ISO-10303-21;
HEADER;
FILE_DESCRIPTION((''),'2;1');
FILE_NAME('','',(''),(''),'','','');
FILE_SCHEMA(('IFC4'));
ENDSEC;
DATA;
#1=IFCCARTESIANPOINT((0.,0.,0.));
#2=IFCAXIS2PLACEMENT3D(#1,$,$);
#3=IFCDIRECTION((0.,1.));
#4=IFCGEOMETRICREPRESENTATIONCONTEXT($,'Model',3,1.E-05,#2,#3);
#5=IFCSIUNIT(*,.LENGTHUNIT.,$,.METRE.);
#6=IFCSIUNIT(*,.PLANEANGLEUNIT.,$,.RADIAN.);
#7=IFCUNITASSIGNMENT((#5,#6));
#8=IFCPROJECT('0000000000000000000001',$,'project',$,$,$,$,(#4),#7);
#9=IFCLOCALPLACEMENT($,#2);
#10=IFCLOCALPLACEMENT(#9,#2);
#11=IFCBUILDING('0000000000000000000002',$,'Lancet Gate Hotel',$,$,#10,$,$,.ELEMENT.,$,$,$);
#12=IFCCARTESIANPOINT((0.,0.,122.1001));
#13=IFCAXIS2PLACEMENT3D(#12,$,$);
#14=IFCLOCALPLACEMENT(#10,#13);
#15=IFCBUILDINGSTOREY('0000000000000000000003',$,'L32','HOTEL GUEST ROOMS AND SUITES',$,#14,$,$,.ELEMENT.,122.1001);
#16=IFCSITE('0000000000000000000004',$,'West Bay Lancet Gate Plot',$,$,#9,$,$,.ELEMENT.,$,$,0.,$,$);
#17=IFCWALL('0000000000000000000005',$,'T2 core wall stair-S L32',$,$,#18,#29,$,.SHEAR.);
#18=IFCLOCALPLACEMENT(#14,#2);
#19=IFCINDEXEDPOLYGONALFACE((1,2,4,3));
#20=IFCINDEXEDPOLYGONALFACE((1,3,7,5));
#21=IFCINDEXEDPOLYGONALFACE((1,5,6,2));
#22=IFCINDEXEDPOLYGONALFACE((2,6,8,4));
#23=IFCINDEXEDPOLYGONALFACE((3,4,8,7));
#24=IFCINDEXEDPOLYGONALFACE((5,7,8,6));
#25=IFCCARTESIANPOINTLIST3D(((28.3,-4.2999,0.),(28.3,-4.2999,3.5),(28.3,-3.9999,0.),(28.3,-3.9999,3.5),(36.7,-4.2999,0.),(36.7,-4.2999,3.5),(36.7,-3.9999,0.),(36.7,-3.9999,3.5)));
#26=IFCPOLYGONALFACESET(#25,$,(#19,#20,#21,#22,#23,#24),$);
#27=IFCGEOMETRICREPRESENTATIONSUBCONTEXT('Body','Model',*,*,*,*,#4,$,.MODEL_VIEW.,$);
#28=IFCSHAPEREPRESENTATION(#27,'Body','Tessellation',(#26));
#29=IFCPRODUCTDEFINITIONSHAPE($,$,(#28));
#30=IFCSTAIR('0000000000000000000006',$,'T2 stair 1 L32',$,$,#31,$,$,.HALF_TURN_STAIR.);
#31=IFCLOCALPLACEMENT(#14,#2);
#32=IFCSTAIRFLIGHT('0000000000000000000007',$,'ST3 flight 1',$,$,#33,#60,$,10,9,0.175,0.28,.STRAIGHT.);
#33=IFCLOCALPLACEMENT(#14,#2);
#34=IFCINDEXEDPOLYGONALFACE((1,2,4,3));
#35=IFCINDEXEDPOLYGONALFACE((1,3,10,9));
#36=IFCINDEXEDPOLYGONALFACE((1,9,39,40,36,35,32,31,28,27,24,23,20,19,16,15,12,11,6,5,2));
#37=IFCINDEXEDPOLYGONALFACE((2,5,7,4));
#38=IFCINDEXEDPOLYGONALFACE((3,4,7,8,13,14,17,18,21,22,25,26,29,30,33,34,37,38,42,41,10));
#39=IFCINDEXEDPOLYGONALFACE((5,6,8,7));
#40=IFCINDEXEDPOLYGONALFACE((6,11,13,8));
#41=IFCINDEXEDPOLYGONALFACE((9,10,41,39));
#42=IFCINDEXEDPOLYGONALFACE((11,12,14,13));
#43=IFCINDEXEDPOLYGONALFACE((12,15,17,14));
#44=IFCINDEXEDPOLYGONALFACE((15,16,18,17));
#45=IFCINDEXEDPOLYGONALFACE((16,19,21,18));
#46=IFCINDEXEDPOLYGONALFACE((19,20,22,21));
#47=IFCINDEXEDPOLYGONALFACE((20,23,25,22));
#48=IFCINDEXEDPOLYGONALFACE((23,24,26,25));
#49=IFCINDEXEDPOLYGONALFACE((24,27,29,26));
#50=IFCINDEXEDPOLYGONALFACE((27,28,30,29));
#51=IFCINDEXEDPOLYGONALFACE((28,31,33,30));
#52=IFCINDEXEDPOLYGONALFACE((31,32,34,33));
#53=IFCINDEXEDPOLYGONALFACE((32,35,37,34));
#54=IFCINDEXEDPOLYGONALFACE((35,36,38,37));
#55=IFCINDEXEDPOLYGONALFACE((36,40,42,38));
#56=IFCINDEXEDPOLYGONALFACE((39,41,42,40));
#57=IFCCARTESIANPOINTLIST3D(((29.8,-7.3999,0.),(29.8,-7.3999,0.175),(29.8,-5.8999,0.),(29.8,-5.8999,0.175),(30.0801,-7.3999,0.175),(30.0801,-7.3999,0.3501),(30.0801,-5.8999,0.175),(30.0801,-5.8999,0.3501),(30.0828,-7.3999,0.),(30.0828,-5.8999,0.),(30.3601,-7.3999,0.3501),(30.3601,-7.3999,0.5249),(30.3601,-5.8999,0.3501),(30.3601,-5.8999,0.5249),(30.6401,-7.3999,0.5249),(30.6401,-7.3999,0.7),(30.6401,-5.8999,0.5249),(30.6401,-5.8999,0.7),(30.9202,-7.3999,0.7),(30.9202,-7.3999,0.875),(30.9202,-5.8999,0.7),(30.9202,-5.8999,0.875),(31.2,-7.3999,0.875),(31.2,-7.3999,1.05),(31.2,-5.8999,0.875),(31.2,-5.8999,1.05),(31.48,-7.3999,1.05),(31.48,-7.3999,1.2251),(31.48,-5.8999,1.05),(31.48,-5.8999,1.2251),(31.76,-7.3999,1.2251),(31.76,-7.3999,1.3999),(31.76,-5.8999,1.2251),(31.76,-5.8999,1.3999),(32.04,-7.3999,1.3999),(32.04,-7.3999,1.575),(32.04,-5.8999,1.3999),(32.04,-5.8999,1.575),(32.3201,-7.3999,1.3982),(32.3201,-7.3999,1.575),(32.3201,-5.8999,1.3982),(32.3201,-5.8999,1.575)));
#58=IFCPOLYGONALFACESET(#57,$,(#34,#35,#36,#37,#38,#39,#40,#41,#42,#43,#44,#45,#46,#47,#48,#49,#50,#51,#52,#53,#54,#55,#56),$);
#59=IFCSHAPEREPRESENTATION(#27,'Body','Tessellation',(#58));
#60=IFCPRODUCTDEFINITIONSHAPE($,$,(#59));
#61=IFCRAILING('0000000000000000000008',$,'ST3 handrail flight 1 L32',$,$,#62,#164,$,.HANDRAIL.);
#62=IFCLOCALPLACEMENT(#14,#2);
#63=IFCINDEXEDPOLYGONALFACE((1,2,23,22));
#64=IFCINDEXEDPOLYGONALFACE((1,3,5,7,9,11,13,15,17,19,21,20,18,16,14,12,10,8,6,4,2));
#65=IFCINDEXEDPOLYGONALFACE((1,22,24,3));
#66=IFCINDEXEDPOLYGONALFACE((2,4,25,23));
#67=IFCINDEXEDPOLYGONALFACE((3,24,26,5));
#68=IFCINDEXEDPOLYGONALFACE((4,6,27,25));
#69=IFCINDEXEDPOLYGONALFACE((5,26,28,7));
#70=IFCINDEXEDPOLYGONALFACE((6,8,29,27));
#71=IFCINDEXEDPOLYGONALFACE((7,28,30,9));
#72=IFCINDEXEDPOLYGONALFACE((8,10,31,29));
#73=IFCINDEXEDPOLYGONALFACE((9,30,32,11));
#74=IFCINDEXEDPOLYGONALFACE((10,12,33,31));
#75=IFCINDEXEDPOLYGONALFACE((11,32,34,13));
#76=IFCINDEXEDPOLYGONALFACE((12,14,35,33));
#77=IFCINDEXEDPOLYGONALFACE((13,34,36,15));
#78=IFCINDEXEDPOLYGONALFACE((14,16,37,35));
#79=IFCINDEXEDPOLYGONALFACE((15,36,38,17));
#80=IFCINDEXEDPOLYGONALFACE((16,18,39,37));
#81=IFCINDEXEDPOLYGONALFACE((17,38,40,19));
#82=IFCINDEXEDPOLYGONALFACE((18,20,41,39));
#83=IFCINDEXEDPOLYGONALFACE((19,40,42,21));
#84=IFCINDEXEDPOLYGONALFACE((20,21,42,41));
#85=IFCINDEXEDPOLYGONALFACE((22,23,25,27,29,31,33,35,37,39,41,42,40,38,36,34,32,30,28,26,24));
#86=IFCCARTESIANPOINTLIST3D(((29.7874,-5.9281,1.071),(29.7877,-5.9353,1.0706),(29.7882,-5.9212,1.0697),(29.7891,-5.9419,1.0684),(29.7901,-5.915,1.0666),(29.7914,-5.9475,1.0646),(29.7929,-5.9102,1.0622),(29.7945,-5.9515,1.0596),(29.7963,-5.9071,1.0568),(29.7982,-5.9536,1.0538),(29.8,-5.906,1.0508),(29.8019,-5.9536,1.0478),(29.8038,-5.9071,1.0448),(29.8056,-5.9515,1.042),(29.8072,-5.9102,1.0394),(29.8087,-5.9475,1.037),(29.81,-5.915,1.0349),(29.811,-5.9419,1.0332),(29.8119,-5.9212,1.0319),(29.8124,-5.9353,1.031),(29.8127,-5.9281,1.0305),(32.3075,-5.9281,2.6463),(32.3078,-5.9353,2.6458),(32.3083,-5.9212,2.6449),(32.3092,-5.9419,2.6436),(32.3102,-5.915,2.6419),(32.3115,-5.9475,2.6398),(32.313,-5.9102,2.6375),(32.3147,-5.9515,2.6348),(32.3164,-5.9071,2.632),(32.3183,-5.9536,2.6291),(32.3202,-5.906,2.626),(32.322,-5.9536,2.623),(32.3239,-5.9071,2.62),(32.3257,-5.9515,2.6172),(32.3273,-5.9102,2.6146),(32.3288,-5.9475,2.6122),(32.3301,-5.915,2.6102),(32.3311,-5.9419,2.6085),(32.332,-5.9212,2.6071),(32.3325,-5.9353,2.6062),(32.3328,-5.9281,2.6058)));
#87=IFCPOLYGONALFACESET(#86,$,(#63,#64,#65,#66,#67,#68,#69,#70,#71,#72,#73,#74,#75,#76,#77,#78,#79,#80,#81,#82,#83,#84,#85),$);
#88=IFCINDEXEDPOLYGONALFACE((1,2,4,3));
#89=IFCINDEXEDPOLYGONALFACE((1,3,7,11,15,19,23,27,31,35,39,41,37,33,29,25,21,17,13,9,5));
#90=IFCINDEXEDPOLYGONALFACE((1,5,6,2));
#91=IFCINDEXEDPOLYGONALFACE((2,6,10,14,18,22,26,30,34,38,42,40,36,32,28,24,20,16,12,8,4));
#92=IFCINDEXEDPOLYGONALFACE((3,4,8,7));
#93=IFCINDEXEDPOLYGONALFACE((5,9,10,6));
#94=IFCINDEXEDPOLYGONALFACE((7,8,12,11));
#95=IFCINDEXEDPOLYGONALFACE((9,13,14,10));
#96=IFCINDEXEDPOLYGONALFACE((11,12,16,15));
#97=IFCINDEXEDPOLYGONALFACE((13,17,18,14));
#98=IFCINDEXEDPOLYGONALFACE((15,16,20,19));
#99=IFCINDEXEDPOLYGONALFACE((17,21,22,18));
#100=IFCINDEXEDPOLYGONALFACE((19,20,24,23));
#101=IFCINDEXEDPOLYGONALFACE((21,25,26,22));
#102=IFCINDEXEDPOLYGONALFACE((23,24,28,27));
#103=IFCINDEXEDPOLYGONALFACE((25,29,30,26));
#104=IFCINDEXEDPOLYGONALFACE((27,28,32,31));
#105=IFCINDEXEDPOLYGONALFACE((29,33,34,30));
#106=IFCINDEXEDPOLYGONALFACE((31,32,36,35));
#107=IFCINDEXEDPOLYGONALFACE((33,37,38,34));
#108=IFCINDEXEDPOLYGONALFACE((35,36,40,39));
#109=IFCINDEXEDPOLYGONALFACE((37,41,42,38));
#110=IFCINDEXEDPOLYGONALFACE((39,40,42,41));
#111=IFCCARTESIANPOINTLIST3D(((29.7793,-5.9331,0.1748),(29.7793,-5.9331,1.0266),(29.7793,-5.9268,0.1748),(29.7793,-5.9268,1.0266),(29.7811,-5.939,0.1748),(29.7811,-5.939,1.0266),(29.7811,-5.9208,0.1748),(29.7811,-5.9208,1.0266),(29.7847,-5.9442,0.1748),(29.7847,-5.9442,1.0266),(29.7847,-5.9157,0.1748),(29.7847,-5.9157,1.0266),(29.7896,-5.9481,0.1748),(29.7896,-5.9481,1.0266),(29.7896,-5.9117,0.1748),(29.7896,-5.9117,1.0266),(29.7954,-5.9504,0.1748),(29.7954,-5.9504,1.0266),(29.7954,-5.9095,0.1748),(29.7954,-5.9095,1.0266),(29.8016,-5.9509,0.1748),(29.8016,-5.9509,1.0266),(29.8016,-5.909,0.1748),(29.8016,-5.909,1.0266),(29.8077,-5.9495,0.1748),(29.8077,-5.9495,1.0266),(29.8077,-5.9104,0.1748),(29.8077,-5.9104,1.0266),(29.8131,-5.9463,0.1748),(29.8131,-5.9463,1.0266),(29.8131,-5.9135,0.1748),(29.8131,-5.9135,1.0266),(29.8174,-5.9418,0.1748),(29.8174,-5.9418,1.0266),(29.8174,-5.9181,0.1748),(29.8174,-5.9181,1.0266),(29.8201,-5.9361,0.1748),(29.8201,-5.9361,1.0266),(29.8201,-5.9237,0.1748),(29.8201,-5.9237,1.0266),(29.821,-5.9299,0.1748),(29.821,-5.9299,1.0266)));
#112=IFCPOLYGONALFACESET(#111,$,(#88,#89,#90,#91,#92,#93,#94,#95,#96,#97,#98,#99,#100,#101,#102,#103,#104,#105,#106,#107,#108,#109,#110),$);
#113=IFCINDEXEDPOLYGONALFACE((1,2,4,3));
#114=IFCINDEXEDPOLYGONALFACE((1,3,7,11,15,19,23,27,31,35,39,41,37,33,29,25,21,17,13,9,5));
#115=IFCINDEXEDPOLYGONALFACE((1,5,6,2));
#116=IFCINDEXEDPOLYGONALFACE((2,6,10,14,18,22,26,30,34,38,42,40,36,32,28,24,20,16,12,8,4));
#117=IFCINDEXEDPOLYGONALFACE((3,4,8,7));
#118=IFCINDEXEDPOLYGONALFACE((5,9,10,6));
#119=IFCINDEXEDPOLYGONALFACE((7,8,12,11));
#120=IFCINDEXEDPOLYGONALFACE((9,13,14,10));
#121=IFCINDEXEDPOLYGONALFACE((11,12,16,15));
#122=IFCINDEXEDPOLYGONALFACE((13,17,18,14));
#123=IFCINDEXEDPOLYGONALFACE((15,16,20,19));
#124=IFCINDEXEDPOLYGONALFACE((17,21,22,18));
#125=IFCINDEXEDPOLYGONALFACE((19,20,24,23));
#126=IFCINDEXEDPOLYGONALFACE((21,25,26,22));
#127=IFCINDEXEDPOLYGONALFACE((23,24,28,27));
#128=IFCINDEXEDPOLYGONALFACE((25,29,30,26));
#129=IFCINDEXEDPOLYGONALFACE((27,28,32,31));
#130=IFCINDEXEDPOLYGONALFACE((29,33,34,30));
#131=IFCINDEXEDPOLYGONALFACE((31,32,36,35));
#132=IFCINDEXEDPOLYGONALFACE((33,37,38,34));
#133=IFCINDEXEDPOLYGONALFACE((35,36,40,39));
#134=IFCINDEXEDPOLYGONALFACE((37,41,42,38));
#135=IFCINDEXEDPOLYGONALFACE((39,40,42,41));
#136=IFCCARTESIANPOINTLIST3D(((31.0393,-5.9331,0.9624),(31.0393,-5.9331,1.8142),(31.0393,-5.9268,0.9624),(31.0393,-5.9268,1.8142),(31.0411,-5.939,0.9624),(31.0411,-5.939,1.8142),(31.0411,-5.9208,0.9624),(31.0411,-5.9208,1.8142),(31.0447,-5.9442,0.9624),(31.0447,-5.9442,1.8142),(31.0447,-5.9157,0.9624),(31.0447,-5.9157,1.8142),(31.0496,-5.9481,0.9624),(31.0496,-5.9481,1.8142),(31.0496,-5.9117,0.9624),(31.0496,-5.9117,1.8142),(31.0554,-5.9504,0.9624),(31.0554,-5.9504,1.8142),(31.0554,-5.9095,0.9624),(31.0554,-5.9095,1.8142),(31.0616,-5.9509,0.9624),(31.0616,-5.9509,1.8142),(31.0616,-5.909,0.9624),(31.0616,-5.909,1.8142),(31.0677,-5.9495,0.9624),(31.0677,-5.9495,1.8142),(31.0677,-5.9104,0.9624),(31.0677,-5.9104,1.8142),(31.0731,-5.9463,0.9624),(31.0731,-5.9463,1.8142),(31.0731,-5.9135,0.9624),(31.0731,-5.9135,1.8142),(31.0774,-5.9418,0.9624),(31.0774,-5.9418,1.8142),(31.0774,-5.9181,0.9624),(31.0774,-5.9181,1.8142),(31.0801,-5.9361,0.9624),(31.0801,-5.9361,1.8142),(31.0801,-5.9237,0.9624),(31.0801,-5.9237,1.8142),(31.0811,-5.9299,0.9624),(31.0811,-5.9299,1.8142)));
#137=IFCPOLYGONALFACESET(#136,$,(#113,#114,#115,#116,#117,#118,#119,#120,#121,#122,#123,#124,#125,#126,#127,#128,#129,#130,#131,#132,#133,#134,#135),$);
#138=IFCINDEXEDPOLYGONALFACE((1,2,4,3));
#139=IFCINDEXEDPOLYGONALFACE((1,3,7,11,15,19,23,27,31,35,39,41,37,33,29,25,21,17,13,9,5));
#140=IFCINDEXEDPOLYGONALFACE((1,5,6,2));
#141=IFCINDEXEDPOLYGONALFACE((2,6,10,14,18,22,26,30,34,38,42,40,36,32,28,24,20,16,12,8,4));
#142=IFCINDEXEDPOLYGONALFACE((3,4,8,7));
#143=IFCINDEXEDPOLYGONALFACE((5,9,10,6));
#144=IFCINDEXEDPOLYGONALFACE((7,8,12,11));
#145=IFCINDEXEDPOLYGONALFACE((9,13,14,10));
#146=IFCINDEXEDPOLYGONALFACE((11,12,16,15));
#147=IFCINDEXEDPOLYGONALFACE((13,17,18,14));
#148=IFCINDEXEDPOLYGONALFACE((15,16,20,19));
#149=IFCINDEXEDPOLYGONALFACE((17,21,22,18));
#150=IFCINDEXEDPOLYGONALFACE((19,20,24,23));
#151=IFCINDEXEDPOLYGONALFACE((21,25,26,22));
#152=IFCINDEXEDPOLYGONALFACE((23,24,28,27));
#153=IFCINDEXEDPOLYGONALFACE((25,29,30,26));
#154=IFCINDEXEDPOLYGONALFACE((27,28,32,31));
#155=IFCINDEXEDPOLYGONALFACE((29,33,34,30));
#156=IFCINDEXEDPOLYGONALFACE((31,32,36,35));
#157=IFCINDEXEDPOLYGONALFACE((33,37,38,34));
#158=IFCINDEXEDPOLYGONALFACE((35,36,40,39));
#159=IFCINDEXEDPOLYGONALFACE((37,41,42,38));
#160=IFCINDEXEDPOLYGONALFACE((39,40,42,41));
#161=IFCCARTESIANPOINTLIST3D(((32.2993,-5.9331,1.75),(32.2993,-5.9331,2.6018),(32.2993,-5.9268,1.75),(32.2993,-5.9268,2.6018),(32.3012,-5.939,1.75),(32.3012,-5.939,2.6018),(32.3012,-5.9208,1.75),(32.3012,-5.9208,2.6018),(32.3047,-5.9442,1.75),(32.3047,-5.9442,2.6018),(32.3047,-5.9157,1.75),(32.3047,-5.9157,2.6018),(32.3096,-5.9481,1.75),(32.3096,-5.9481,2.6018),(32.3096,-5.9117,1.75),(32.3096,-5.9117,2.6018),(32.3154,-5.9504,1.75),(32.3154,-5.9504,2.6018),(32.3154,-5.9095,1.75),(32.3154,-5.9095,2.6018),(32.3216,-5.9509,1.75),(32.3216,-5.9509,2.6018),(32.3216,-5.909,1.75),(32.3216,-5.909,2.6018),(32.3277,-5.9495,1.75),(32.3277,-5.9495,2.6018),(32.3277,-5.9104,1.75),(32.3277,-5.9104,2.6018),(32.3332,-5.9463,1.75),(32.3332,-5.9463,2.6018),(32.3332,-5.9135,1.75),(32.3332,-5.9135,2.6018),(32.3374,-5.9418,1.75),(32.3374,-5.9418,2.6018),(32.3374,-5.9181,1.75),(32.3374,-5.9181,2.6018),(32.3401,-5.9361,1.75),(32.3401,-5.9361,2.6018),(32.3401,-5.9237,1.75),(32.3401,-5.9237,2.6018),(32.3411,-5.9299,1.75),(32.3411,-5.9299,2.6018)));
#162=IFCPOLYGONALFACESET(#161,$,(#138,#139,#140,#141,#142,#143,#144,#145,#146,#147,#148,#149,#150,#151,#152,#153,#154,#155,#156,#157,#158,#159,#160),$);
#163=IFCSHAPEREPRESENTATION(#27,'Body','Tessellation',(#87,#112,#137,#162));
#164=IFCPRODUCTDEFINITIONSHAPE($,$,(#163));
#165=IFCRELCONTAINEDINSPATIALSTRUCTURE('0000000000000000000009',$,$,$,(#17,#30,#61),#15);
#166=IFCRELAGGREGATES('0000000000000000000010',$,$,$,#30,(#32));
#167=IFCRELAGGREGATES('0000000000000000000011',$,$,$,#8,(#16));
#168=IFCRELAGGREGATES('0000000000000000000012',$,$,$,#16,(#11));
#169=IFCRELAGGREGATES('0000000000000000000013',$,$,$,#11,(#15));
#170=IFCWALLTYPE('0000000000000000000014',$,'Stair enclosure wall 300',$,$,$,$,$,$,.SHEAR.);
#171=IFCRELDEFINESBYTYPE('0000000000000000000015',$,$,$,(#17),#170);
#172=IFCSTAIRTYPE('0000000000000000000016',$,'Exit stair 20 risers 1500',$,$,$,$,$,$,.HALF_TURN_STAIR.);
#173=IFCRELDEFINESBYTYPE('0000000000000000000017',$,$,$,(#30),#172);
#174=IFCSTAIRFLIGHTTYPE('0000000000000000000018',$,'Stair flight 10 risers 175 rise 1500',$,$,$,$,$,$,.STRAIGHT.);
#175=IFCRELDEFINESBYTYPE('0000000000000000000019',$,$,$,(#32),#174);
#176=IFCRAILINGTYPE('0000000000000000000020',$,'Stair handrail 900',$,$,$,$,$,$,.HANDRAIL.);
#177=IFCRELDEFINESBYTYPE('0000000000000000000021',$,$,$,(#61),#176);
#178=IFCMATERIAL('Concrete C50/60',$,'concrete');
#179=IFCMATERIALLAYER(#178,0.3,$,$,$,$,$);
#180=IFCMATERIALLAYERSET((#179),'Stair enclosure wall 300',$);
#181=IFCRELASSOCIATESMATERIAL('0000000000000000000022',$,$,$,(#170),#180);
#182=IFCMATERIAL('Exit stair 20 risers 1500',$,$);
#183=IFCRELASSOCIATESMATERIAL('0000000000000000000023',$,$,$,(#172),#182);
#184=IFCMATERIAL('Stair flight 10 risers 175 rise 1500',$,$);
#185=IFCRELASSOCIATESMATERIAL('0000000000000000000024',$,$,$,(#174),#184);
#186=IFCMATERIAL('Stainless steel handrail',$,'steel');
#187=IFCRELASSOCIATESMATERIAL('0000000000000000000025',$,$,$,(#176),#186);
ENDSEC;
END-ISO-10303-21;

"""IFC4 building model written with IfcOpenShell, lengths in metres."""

from ifc_helpers import new_model, si_unit, direction, frame, frame_2d, origin, origin_2d, place, context, subcontext, project, spatial, polyline, rectangle, circle, outline, extrude, material, layer, layer_set, type_object, element, aggregate, save


model = new_model("IFC4")

# Units and contexts
model_context = context("Model", 3, precision=1e-05, world=origin(), true_north=direction((0.0, 1.0)))
body_context = subcontext(model_context, "Body", "Model", "MODEL_VIEW")
ifc_project = project(units=[si_unit("LENGTHUNIT", "METRE"), si_unit("PLANEANGLEUNIT", "RADIAN")], contexts=[model_context])

# Site, building, storey
site_placement = place(None, origin())
site = spatial("IfcSite", under=ifc_project, at=site_placement, Name="West Bay Lancet Gate Plot", CompositionType="ELEMENT", RefElevation=0.0)
building_placement = place(site_placement, origin())
building = spatial("IfcBuilding", under=site, at=building_placement, Name="Lancet Gate Hotel", CompositionType="ELEMENT")
storey_placement = place(building_placement, frame((0.0, 0.0, 122.1001)))
storey = spatial("IfcBuildingStorey", under=building, at=storey_placement, Name="L32", Description="HOTEL GUEST ROOMS AND SUITES", CompositionType="ELEMENT", Elevation=122.1001)

# Wall
ifc_material_1 = material(Name="Concrete C50/60", Category="concrete")
ifc_layer_1 = layer(ifc_material_1, 0.3)
ifc_layer_set_1 = layer_set([ifc_layer_1], Name="Stair enclosure wall 300")
wall_type_1 = type_object("IfcWallType", Name="Stair enclosure wall 300", PredefinedType="SHEAR", material=ifc_layer_set_1)
wall_1_placement = place(storey_placement, frame((28.3, -4.1499, 0.0), z_axis=(0.0, 0.0, 1.0), x_axis=(1.0, 0.0, 0.0)))
element("IfcWall", 1, at=wall_1_placement, inside=storey, type_object=wall_type_1, Name="T2 core wall stair-S L32", PredefinedType="SHEAR", context=body_context, shape_type="SweptSolid", body=[
    extrude(rectangle(XDim=8.3999, YDim=0.3, at=frame_2d((4.2, 0.0))), origin(), (0.0, 0.0, 1.0), 3.5),
])

# Stair, stair flight
ifc_material_2 = material(Name="Exit stair 20 risers 1500")
stair_type = type_object("IfcStairType", Name="Exit stair 20 risers 1500", PredefinedType="HALF_TURN_STAIR", material=ifc_material_2)
stair_placement = place(storey_placement, origin())
stair = element("IfcStair", 2, at=stair_placement, inside=storey, type_object=stair_type, Name="T2 stair 1 L32", PredefinedType="HALF_TURN_STAIR")
ifc_material_3 = material(Name="Stair flight 10 risers 175 rise 1500")
stair_flight_type = type_object("IfcStairFlightType", Name="Stair flight 10 risers 175 rise 1500", PredefinedType="STRAIGHT", material=ifc_material_3)
stair_flight_placement = place(storey_placement, frame((29.8, -6.6499, 0.0), z_axis=(0.0, 0.0, 1.0), x_axis=(1.0, 0.0, 0.0)))
stair_flight = element("IfcStairFlight", 3, at=stair_flight_placement, type_object=stair_flight_type, Name="ST3 flight 1", NumberOfRisers=10, NumberOfTreads=9, PredefinedType="STRAIGHT", RiserHeight=0.175, TreadLength=0.28, context=body_context, shape_type="SweptSolid", body=[
    extrude(outline(polyline([(0.0, 0.0), (0.0, 0.175), (0.28, 0.175), (0.28, 0.3501), (0.5601, 0.3501), (0.5601, 0.5249), (0.8401, 0.5249), (0.8401, 0.7), (1.1201, 0.7), (1.1201, 0.875), (1.3999, 0.875), (1.3999, 1.05), (1.6799, 1.05), (1.6799, 1.2251), (1.96, 1.2251), (1.96, 1.3999), (2.24, 1.3999), (2.24, 1.575), (2.52, 1.575), (2.52, 1.75), (2.52, 1.3982), (0.2827, 0.0), (0.0, 0.0)])), frame((0.0, 0.75, 0.0), z_axis=(0.0, -1.0, 0.0), x_axis=(1.0, 0.0, 0.0)), (0.0, 0.0, 1.0), 1.5),
])
aggregate(stair, [stair_flight])

# Railing
ifc_material_4 = material(Name="Stainless steel handrail", Category="steel")
railing_type = type_object("IfcRailingType", Name="Stair handrail 900", PredefinedType="HANDRAIL", material=ifc_material_4)
railing_placement = place(storey_placement, frame((29.8, -5.9299, 0.1748)))
element("IfcRailing", 4, at=railing_placement, inside=storey, type_object=railing_type, Name="ST3 handrail flight 1 L32", PredefinedType="HANDRAIL", context=body_context, shape_type="SweptSolid", body=[
    extrude(circle(Radius=0.0239, at=origin_2d()), frame((0.0, 0.0, 0.876), z_axis=(0.847971, 0.0, 0.530043), x_axis=(0.0, 1.0, 0.0)), (0.0, 0.0, 1.0), 2.9719),
    extrude(circle(Radius=0.021, at=origin_2d()), origin(), (0.0, 0.0, 1.0), 0.8518),
    extrude(circle(Radius=0.021, at=origin_2d()), frame((1.26, 0.0, 0.7876)), (0.0, 0.0, 1.0), 0.8518),
    extrude(circle(Radius=0.021, at=origin_2d()), frame((2.52, 0.0, 1.5752)), (0.0, 0.0, 1.0), 0.8518),
])

save(model, "model.ifc")
